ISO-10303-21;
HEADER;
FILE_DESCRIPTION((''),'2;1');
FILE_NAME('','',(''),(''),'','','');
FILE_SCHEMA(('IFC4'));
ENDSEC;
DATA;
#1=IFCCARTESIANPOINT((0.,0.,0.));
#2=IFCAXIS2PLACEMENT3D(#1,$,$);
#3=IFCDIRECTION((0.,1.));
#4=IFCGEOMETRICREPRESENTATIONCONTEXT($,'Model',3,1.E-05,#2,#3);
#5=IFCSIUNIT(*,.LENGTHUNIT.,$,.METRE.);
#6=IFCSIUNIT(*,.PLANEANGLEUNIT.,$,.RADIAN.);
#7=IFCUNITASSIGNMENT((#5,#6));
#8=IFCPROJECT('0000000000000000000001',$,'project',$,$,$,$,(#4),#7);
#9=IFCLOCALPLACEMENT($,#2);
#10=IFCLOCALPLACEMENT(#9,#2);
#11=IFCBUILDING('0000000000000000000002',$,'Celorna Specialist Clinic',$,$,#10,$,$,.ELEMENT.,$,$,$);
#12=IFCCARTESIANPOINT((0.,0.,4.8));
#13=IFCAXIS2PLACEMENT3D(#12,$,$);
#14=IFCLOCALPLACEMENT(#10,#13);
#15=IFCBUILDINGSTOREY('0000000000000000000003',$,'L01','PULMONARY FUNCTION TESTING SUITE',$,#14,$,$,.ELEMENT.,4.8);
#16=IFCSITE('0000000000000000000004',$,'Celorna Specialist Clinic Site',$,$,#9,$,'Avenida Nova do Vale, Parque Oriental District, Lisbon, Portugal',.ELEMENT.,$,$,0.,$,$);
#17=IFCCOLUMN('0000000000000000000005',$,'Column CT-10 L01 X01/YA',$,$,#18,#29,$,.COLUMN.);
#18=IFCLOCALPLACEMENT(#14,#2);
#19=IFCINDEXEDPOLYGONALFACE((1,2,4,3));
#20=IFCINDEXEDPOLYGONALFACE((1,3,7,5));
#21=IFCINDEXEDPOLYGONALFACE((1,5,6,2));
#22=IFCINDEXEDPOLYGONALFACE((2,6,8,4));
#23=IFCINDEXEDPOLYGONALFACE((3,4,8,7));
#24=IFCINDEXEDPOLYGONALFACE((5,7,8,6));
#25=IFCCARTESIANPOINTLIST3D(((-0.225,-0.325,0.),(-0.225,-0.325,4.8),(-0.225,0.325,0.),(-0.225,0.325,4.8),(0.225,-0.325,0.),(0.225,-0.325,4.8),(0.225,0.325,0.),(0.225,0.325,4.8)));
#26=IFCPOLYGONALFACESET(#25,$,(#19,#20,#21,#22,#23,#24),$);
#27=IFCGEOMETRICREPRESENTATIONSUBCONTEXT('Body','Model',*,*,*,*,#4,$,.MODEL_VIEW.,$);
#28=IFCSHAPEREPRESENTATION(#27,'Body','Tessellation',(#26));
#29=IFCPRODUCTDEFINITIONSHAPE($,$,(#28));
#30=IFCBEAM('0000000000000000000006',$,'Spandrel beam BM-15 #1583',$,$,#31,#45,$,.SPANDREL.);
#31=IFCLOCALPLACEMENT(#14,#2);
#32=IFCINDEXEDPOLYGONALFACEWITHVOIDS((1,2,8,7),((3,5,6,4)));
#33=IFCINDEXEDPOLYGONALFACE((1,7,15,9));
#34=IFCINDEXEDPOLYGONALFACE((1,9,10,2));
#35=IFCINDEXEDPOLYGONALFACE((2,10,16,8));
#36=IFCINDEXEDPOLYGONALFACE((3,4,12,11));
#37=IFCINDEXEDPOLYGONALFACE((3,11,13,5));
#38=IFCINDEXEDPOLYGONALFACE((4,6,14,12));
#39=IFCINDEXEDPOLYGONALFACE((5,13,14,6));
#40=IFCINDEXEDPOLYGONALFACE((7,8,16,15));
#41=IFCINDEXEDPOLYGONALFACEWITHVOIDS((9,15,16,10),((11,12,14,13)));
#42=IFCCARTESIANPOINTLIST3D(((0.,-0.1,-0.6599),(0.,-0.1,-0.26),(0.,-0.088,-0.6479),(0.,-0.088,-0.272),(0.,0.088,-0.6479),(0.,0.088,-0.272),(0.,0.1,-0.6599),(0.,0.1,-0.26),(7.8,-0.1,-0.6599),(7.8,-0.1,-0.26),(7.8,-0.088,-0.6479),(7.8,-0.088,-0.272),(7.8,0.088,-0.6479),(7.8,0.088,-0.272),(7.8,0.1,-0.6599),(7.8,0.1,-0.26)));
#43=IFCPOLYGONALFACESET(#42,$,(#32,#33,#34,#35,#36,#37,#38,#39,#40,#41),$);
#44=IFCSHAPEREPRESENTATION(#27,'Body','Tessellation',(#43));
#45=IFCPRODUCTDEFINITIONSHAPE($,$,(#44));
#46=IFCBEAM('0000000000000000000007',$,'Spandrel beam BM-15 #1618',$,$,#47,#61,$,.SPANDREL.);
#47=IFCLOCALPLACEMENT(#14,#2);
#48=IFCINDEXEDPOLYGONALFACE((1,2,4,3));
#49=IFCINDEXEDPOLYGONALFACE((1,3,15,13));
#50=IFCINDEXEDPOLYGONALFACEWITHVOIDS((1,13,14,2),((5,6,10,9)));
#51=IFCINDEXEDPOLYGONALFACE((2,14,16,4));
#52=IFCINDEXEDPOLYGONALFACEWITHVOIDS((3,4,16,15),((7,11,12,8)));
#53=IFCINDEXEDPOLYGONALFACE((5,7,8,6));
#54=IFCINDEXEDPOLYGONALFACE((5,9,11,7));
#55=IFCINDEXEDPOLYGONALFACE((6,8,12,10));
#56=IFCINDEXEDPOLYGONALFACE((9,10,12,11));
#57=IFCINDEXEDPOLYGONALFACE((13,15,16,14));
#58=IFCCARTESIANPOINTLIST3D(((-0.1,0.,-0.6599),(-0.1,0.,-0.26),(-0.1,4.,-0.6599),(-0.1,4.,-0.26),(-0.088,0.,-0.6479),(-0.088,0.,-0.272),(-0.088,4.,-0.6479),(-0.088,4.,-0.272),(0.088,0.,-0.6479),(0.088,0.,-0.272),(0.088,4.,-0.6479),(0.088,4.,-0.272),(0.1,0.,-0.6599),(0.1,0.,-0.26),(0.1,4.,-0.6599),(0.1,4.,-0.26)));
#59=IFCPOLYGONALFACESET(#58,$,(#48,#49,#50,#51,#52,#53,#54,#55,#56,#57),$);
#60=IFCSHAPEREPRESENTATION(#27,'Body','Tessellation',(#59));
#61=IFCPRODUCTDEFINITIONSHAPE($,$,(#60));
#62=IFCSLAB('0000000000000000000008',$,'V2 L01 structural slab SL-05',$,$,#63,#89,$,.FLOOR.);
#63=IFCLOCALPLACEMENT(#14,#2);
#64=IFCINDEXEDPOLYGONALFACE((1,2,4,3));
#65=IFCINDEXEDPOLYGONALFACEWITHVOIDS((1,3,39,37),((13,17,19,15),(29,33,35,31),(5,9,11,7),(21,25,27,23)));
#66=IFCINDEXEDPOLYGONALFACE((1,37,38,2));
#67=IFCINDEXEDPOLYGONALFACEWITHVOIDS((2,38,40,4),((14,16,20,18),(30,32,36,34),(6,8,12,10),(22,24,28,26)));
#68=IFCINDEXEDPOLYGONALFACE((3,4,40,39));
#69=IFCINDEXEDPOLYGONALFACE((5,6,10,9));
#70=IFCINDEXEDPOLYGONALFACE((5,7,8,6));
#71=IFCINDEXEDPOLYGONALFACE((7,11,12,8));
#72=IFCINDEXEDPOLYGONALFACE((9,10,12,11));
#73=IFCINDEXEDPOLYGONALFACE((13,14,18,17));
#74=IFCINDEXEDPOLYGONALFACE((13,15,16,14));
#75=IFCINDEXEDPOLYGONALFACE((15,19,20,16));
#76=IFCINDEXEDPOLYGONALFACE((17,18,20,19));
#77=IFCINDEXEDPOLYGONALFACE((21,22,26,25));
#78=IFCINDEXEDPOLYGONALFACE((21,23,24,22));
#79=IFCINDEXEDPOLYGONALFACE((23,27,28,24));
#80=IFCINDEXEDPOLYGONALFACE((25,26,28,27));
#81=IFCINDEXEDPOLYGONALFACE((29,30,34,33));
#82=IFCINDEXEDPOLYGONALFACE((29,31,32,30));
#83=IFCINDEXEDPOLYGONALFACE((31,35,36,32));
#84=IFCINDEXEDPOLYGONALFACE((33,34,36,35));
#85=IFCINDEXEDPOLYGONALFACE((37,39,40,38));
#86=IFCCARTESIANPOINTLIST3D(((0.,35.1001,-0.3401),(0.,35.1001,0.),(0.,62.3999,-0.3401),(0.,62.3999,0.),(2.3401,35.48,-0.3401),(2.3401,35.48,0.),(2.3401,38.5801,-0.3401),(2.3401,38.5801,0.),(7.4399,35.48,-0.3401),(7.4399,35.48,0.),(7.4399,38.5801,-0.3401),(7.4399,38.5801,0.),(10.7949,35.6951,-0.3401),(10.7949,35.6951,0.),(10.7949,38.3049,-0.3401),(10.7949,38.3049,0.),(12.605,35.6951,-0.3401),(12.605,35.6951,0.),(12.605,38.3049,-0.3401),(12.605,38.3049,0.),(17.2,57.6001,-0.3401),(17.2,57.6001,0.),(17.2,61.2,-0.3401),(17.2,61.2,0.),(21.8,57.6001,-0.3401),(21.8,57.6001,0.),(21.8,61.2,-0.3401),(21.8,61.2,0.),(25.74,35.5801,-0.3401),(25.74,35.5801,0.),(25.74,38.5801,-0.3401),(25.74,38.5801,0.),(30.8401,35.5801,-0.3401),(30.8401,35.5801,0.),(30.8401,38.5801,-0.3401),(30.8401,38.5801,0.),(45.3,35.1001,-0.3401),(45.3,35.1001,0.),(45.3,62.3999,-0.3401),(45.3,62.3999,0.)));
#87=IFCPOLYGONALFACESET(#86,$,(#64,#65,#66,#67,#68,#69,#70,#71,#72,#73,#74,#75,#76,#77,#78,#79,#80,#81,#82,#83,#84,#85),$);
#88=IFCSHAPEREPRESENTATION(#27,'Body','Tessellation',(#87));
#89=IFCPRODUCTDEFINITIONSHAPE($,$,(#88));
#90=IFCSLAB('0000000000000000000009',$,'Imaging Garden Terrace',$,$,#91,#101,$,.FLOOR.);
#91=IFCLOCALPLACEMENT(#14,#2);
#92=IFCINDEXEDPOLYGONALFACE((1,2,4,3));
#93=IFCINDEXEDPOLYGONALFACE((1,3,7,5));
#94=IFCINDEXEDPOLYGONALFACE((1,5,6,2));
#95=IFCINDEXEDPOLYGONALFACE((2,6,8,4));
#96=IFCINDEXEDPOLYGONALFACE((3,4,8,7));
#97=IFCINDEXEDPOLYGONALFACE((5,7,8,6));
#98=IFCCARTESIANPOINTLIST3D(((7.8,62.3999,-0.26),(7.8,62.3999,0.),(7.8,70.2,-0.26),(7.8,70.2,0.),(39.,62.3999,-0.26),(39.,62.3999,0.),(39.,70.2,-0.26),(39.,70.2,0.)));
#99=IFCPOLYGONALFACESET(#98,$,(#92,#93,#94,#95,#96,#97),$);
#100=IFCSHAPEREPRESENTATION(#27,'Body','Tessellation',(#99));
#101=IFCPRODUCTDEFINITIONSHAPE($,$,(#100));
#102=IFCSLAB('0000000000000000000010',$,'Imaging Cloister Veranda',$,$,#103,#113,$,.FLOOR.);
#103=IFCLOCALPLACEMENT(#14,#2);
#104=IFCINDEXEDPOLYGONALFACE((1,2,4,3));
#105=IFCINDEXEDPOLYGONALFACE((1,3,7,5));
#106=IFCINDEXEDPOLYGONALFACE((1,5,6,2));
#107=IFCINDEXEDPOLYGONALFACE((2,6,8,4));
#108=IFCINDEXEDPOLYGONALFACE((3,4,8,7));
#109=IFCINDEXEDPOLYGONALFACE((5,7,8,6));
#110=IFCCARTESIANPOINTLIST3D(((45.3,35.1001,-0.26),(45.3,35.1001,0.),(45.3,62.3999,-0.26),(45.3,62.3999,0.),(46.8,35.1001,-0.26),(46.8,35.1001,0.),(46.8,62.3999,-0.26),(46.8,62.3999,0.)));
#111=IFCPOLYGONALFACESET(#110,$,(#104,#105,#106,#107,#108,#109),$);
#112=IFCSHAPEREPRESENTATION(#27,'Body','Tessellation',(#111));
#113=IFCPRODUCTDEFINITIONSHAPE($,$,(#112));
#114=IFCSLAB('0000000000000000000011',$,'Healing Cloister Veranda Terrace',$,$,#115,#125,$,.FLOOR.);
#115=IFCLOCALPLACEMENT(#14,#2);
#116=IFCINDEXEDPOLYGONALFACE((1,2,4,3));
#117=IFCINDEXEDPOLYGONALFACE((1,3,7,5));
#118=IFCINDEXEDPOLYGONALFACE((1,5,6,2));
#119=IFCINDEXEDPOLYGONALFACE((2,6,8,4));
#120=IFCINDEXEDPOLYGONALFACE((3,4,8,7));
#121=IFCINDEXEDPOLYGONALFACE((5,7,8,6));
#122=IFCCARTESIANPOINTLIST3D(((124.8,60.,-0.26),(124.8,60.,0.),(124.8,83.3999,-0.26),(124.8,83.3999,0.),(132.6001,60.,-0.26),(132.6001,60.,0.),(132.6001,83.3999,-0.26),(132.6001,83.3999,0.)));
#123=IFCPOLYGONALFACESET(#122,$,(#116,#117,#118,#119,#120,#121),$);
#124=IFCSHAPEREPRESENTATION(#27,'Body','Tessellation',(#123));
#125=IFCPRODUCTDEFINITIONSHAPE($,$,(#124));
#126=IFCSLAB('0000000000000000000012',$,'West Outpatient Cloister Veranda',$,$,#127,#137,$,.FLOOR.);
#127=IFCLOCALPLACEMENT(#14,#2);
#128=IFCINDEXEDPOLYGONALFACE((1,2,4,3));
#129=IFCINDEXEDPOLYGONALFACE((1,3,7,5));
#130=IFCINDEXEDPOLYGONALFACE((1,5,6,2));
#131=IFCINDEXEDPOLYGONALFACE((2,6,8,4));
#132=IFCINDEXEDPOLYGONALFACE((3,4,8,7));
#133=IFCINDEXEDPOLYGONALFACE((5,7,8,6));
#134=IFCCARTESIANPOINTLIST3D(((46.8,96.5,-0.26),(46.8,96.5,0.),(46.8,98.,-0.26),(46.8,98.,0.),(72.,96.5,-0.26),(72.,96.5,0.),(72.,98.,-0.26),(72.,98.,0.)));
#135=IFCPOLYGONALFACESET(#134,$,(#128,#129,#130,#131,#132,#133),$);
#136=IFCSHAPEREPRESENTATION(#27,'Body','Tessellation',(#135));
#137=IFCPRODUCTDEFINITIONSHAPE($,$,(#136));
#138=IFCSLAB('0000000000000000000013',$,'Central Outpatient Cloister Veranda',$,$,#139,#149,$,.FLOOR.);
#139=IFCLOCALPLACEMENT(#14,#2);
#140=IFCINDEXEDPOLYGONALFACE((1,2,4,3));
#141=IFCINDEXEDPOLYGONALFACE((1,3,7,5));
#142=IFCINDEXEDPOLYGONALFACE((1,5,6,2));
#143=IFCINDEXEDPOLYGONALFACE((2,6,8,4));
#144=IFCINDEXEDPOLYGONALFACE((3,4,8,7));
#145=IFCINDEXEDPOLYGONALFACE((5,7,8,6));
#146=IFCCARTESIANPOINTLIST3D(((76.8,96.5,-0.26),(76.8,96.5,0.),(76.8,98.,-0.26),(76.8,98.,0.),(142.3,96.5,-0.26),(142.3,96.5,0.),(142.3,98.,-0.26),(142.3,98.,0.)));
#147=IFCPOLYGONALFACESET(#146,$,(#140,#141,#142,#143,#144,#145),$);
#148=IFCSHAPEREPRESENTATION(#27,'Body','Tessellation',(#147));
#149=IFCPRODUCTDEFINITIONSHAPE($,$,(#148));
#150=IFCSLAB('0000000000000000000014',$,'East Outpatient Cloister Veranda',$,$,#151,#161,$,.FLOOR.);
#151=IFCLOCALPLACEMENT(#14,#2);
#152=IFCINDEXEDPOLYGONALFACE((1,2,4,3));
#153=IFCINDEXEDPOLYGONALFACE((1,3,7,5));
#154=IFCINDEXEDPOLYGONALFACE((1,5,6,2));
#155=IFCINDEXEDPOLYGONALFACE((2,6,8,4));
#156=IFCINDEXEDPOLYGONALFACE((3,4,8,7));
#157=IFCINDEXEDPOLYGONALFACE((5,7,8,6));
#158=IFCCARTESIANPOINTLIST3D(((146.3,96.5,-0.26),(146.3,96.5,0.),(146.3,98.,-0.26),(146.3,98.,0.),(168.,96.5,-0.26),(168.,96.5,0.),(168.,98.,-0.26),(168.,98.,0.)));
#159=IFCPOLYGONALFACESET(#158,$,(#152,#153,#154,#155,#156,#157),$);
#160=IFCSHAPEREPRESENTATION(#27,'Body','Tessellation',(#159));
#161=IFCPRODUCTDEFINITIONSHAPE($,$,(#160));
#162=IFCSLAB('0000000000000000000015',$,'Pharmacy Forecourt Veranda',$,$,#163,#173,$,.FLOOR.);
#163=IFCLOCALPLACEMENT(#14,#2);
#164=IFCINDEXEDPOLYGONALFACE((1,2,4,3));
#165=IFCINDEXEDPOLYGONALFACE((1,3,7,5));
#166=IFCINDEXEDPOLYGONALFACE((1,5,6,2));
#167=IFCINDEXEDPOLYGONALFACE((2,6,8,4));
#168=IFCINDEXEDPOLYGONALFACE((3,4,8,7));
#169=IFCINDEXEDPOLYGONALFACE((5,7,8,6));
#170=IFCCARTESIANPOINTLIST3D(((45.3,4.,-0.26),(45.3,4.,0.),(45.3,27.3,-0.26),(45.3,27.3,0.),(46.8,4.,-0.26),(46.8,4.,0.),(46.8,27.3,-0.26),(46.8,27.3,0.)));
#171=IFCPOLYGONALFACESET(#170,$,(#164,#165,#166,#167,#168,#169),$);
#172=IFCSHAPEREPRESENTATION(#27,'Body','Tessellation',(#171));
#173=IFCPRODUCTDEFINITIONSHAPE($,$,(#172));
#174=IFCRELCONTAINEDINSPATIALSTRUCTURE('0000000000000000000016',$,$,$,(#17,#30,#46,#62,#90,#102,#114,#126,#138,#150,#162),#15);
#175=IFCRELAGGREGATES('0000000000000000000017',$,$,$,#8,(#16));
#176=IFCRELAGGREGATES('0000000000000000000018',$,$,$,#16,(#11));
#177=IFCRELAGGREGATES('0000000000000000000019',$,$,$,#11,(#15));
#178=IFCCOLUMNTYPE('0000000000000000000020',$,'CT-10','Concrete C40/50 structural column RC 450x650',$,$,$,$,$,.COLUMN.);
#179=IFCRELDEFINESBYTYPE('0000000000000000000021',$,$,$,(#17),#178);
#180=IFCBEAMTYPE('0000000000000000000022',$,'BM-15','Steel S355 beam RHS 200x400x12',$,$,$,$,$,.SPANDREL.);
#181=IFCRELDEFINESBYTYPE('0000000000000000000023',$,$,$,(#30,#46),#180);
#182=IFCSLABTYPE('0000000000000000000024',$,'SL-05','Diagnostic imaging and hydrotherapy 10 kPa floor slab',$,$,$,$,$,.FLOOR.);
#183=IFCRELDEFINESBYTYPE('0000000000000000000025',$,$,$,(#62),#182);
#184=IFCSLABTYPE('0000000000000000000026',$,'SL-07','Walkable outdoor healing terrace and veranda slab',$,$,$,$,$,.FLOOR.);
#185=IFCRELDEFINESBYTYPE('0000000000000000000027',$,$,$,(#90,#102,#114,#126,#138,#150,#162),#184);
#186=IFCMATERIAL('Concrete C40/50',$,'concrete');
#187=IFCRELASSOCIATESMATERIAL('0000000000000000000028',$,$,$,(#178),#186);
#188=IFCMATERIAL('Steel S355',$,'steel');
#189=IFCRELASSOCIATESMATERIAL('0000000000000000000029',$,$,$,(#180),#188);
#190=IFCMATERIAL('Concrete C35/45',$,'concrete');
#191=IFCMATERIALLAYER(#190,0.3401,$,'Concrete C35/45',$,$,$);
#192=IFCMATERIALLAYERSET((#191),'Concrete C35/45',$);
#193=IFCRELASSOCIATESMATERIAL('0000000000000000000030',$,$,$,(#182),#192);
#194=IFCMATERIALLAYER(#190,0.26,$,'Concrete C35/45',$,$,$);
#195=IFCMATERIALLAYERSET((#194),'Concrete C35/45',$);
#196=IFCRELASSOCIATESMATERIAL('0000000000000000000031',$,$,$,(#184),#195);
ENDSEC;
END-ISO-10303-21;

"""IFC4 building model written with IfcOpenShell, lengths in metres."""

from ifc_helpers import new_model, si_unit, direction, frame, origin, origin_with_axes, origin_2d, place, context, subcontext, project, spatial, polyline, rectangle, hollow_rectangle, outline, extrude, material, layer, layer_set, material_profile, profile_set, type_object, element, save


model = new_model("IFC4")

# Units and contexts
model_context = context("Model", 3, precision=1e-05, world=origin(), true_north=direction((0.0, 1.0)))
body_context = subcontext(model_context, "Body", "Model", "MODEL_VIEW")
ifc_project = project(units=[si_unit("LENGTHUNIT", "METRE"), si_unit("PLANEANGLEUNIT", "RADIAN")], contexts=[model_context])

# Site, building, storey
site_placement = place(None, origin())
site = spatial("IfcSite", under=ifc_project, at=site_placement, Name="Celorna Specialist Clinic Site", LongName="Avenida Nova do Vale, Parque Oriental District, Lisbon, Portugal", CompositionType="ELEMENT", RefElevation=0.0)
building_placement = place(site_placement, origin())
building = spatial("IfcBuilding", under=site, at=building_placement, Name="Celorna Specialist Clinic", CompositionType="ELEMENT")
storey_placement = place(building_placement, frame((0.0, 0.0, 4.8)))
storey = spatial("IfcBuildingStorey", under=building, at=storey_placement, Name="L01", Description="PULMONARY FUNCTION TESTING SUITE", CompositionType="ELEMENT", Elevation=4.8)

# Column
ifc_material_1 = material(Name="Concrete C40/50", Category="concrete")
ifc_material_profile_1 = material_profile(ifc_material_1, rectangle(XDim=0.45, YDim=0.6499, at=origin_2d()), Name="RC 450x650")
ifc_profile_set_1 = profile_set([ifc_material_profile_1], Name="Concrete C40/50")
column_type = type_object("IfcColumnType", Name="CT-10", Description="Concrete C40/50 structural column RC 450x650", PredefinedType="COLUMN", material=ifc_profile_set_1)
column_placement = place(storey_placement, origin_with_axes())
element("IfcColumn", 1, at=column_placement, inside=storey, type_object=column_type, Name="Column CT-10 L01 X01/YA", PredefinedType="COLUMN", context=body_context, shape_type="SweptSolid", body=[
    extrude(rectangle(XDim=0.45, YDim=0.6499, at=origin_2d()), origin(), (0.0, 0.0, 1.0), 4.8),
])

# Beams
ifc_material_2 = material(Name="Steel S355", Category="steel")
ifc_material_profile_2 = material_profile(ifc_material_2, hollow_rectangle(XDim=0.2, YDim=0.3999, WallThickness=0.012, at=origin_2d()), Name="RHS 200x400x12")
ifc_profile_set_2 = profile_set([ifc_material_profile_2], Name="Steel S355")
beam_type = type_object("IfcBeamType", Name="BM-15", Description="Steel S355 beam RHS 200x400x12", PredefinedType="SPANDREL", material=ifc_profile_set_2)
beam_1_placement = place(storey_placement, frame((0.0, 0.0, -0.46), z_axis=(1.0, 0.0, 0.0), x_axis=(0.0, 1.0, 0.0)))
element("IfcBeam", 2, at=beam_1_placement, inside=storey, type_object=beam_type, Name="Spandrel beam BM-15 #1583", PredefinedType="SPANDREL", context=body_context, shape_type="SweptSolid", body=[
    extrude(hollow_rectangle(XDim=0.2, YDim=0.3999, WallThickness=0.012, at=origin_2d()), origin(), (0.0, 0.0, 1.0), 7.8),
])
beam_2_placement = place(storey_placement, frame((0.0, 0.0, -0.46), z_axis=(0.0, 1.0, 0.0), x_axis=(-1.0, 0.0, 0.0)))
element("IfcBeam", 3, at=beam_2_placement, inside=storey, type_object=beam_type, Name="Spandrel beam BM-15 #1618", PredefinedType="SPANDREL", context=body_context, shape_type="SweptSolid", body=[
    extrude(hollow_rectangle(XDim=0.2, YDim=0.3999, WallThickness=0.012, at=origin_2d()), origin(), (0.0, 0.0, 1.0), 4.0),
])

# Slabs
ifc_material_3 = material(Name="Concrete C35/45", Category="concrete")
ifc_layer_1 = layer(ifc_material_3, 0.3401, Name="Concrete C35/45")
ifc_layer_set_1 = layer_set([ifc_layer_1], Name="Concrete C35/45")
slab_type_1 = type_object("IfcSlabType", Name="SL-05", Description="Diagnostic imaging and hydrotherapy 10 kPa floor slab", PredefinedType="FLOOR", material=ifc_layer_set_1)
slab_1_placement = place(storey_placement, frame((0.0, 0.0, -0.3401)))
element("IfcSlab", 4, at=slab_1_placement, inside=storey, type_object=slab_type_1, Name="V2 L01 structural slab SL-05", PredefinedType="FLOOR", context=body_context, shape_type="SweptSolid", body=[
    extrude(outline(polyline([(45.3, 35.1001), (45.3, 62.3999), (0.0, 62.3999), (0.0, 35.1001), (45.3, 35.1001)]), holes=[polyline([(2.3401, 35.48), (7.4399, 35.48), (7.4399, 38.5801), (2.3401, 38.5801), (2.3401, 35.48)]), polyline([(25.74, 35.5801), (30.8401, 35.5801), (30.8401, 38.5801), (25.74, 38.5801), (25.74, 35.5801)]), polyline([(10.7949, 35.6951), (12.605, 35.6951), (12.605, 38.3049), (10.7949, 38.3049), (10.7949, 35.6951)]), polyline([(17.2, 57.6001), (21.8, 57.6001), (21.8, 61.2), (17.2, 61.2), (17.2, 57.6001)])]), origin(), (0.0, 0.0, 1.0), 0.3401),
])
ifc_layer_2 = layer(ifc_material_3, 0.26, Name="Concrete C35/45")
ifc_layer_set_2 = layer_set([ifc_layer_2], Name="Concrete C35/45")
slab_type_2 = type_object("IfcSlabType", Name="SL-07", Description="Walkable outdoor healing terrace and veranda slab", PredefinedType="FLOOR", material=ifc_layer_set_2)
slab_2_placement = place(storey_placement, frame((0.0, 0.0, -0.26)))
element("IfcSlab", 5, at=slab_2_placement, inside=storey, type_object=slab_type_2, Name="Imaging Garden Terrace", PredefinedType="FLOOR", context=body_context, shape_type="SweptSolid", body=[
    extrude(outline(polyline([(7.8, 62.3999), (39.0, 62.3999), (39.0, 70.2), (7.8, 70.2), (7.8, 62.3999)])), origin(), (0.0, 0.0, 1.0), 0.26),
])
slab_3_placement = place(storey_placement, frame((0.0, 0.0, -0.26)))
element("IfcSlab", 6, at=slab_3_placement, inside=storey, type_object=slab_type_2, Name="Imaging Cloister Veranda", PredefinedType="FLOOR", context=body_context, shape_type="SweptSolid", body=[
    extrude(outline(polyline([(45.3, 35.1001), (46.8, 35.1001), (46.8, 62.3999), (45.3, 62.3999), (45.3, 35.1001)])), origin(), (0.0, 0.0, 1.0), 0.26),
])
slab_4_placement = place(storey_placement, frame((0.0, 0.0, -0.26)))
element("IfcSlab", 7, at=slab_4_placement, inside=storey, type_object=slab_type_2, Name="Healing Cloister Veranda Terrace", PredefinedType="FLOOR", context=body_context, shape_type="SweptSolid", body=[
    extrude(outline(polyline([(124.8, 60.0), (132.6001, 60.0), (132.6001, 83.3999), (124.8, 83.3999), (124.8, 60.0)])), origin(), (0.0, 0.0, 1.0), 0.26),
])
slab_5_placement = place(storey_placement, frame((0.0, 0.0, -0.26)))
element("IfcSlab", 8, at=slab_5_placement, inside=storey, type_object=slab_type_2, Name="West Outpatient Cloister Veranda", PredefinedType="FLOOR", context=body_context, shape_type="SweptSolid", body=[
    extrude(outline(polyline([(46.8, 96.5), (72.0, 96.5), (72.0, 98.0), (46.8, 98.0), (46.8, 96.5)])), origin(), (0.0, 0.0, 1.0), 0.26),
])
slab_6_placement = place(storey_placement, frame((0.0, 0.0, -0.26)))
element("IfcSlab", 9, at=slab_6_placement, inside=storey, type_object=slab_type_2, Name="Central Outpatient Cloister Veranda", PredefinedType="FLOOR", context=body_context, shape_type="SweptSolid", body=[
    extrude(outline(polyline([(76.8, 96.5), (142.3, 96.5), (142.3, 98.0), (76.8, 98.0), (76.8, 96.5)])), origin(), (0.0, 0.0, 1.0), 0.26),
])
slab_7_placement = place(storey_placement, frame((0.0, 0.0, -0.26)))
element("IfcSlab", 10, at=slab_7_placement, inside=storey, type_object=slab_type_2, Name="East Outpatient Cloister Veranda", PredefinedType="FLOOR", context=body_context, shape_type="SweptSolid", body=[
    extrude(outline(polyline([(146.3, 96.5), (168.0, 96.5), (168.0, 98.0), (146.3, 98.0), (146.3, 96.5)])), origin(), (0.0, 0.0, 1.0), 0.26),
])
slab_8_placement = place(storey_placement, frame((0.0, 0.0, -0.26)))
element("IfcSlab", 11, at=slab_8_placement, inside=storey, type_object=slab_type_2, Name="Pharmacy Forecourt Veranda", PredefinedType="FLOOR", context=body_context, shape_type="SweptSolid", body=[
    extrude(outline(polyline([(45.3, 4.0), (46.8, 4.0), (46.8, 27.3), (45.3, 27.3), (45.3, 4.0)])), origin(), (0.0, 0.0, 1.0), 0.26),
])

save(model, "model.ifc")
